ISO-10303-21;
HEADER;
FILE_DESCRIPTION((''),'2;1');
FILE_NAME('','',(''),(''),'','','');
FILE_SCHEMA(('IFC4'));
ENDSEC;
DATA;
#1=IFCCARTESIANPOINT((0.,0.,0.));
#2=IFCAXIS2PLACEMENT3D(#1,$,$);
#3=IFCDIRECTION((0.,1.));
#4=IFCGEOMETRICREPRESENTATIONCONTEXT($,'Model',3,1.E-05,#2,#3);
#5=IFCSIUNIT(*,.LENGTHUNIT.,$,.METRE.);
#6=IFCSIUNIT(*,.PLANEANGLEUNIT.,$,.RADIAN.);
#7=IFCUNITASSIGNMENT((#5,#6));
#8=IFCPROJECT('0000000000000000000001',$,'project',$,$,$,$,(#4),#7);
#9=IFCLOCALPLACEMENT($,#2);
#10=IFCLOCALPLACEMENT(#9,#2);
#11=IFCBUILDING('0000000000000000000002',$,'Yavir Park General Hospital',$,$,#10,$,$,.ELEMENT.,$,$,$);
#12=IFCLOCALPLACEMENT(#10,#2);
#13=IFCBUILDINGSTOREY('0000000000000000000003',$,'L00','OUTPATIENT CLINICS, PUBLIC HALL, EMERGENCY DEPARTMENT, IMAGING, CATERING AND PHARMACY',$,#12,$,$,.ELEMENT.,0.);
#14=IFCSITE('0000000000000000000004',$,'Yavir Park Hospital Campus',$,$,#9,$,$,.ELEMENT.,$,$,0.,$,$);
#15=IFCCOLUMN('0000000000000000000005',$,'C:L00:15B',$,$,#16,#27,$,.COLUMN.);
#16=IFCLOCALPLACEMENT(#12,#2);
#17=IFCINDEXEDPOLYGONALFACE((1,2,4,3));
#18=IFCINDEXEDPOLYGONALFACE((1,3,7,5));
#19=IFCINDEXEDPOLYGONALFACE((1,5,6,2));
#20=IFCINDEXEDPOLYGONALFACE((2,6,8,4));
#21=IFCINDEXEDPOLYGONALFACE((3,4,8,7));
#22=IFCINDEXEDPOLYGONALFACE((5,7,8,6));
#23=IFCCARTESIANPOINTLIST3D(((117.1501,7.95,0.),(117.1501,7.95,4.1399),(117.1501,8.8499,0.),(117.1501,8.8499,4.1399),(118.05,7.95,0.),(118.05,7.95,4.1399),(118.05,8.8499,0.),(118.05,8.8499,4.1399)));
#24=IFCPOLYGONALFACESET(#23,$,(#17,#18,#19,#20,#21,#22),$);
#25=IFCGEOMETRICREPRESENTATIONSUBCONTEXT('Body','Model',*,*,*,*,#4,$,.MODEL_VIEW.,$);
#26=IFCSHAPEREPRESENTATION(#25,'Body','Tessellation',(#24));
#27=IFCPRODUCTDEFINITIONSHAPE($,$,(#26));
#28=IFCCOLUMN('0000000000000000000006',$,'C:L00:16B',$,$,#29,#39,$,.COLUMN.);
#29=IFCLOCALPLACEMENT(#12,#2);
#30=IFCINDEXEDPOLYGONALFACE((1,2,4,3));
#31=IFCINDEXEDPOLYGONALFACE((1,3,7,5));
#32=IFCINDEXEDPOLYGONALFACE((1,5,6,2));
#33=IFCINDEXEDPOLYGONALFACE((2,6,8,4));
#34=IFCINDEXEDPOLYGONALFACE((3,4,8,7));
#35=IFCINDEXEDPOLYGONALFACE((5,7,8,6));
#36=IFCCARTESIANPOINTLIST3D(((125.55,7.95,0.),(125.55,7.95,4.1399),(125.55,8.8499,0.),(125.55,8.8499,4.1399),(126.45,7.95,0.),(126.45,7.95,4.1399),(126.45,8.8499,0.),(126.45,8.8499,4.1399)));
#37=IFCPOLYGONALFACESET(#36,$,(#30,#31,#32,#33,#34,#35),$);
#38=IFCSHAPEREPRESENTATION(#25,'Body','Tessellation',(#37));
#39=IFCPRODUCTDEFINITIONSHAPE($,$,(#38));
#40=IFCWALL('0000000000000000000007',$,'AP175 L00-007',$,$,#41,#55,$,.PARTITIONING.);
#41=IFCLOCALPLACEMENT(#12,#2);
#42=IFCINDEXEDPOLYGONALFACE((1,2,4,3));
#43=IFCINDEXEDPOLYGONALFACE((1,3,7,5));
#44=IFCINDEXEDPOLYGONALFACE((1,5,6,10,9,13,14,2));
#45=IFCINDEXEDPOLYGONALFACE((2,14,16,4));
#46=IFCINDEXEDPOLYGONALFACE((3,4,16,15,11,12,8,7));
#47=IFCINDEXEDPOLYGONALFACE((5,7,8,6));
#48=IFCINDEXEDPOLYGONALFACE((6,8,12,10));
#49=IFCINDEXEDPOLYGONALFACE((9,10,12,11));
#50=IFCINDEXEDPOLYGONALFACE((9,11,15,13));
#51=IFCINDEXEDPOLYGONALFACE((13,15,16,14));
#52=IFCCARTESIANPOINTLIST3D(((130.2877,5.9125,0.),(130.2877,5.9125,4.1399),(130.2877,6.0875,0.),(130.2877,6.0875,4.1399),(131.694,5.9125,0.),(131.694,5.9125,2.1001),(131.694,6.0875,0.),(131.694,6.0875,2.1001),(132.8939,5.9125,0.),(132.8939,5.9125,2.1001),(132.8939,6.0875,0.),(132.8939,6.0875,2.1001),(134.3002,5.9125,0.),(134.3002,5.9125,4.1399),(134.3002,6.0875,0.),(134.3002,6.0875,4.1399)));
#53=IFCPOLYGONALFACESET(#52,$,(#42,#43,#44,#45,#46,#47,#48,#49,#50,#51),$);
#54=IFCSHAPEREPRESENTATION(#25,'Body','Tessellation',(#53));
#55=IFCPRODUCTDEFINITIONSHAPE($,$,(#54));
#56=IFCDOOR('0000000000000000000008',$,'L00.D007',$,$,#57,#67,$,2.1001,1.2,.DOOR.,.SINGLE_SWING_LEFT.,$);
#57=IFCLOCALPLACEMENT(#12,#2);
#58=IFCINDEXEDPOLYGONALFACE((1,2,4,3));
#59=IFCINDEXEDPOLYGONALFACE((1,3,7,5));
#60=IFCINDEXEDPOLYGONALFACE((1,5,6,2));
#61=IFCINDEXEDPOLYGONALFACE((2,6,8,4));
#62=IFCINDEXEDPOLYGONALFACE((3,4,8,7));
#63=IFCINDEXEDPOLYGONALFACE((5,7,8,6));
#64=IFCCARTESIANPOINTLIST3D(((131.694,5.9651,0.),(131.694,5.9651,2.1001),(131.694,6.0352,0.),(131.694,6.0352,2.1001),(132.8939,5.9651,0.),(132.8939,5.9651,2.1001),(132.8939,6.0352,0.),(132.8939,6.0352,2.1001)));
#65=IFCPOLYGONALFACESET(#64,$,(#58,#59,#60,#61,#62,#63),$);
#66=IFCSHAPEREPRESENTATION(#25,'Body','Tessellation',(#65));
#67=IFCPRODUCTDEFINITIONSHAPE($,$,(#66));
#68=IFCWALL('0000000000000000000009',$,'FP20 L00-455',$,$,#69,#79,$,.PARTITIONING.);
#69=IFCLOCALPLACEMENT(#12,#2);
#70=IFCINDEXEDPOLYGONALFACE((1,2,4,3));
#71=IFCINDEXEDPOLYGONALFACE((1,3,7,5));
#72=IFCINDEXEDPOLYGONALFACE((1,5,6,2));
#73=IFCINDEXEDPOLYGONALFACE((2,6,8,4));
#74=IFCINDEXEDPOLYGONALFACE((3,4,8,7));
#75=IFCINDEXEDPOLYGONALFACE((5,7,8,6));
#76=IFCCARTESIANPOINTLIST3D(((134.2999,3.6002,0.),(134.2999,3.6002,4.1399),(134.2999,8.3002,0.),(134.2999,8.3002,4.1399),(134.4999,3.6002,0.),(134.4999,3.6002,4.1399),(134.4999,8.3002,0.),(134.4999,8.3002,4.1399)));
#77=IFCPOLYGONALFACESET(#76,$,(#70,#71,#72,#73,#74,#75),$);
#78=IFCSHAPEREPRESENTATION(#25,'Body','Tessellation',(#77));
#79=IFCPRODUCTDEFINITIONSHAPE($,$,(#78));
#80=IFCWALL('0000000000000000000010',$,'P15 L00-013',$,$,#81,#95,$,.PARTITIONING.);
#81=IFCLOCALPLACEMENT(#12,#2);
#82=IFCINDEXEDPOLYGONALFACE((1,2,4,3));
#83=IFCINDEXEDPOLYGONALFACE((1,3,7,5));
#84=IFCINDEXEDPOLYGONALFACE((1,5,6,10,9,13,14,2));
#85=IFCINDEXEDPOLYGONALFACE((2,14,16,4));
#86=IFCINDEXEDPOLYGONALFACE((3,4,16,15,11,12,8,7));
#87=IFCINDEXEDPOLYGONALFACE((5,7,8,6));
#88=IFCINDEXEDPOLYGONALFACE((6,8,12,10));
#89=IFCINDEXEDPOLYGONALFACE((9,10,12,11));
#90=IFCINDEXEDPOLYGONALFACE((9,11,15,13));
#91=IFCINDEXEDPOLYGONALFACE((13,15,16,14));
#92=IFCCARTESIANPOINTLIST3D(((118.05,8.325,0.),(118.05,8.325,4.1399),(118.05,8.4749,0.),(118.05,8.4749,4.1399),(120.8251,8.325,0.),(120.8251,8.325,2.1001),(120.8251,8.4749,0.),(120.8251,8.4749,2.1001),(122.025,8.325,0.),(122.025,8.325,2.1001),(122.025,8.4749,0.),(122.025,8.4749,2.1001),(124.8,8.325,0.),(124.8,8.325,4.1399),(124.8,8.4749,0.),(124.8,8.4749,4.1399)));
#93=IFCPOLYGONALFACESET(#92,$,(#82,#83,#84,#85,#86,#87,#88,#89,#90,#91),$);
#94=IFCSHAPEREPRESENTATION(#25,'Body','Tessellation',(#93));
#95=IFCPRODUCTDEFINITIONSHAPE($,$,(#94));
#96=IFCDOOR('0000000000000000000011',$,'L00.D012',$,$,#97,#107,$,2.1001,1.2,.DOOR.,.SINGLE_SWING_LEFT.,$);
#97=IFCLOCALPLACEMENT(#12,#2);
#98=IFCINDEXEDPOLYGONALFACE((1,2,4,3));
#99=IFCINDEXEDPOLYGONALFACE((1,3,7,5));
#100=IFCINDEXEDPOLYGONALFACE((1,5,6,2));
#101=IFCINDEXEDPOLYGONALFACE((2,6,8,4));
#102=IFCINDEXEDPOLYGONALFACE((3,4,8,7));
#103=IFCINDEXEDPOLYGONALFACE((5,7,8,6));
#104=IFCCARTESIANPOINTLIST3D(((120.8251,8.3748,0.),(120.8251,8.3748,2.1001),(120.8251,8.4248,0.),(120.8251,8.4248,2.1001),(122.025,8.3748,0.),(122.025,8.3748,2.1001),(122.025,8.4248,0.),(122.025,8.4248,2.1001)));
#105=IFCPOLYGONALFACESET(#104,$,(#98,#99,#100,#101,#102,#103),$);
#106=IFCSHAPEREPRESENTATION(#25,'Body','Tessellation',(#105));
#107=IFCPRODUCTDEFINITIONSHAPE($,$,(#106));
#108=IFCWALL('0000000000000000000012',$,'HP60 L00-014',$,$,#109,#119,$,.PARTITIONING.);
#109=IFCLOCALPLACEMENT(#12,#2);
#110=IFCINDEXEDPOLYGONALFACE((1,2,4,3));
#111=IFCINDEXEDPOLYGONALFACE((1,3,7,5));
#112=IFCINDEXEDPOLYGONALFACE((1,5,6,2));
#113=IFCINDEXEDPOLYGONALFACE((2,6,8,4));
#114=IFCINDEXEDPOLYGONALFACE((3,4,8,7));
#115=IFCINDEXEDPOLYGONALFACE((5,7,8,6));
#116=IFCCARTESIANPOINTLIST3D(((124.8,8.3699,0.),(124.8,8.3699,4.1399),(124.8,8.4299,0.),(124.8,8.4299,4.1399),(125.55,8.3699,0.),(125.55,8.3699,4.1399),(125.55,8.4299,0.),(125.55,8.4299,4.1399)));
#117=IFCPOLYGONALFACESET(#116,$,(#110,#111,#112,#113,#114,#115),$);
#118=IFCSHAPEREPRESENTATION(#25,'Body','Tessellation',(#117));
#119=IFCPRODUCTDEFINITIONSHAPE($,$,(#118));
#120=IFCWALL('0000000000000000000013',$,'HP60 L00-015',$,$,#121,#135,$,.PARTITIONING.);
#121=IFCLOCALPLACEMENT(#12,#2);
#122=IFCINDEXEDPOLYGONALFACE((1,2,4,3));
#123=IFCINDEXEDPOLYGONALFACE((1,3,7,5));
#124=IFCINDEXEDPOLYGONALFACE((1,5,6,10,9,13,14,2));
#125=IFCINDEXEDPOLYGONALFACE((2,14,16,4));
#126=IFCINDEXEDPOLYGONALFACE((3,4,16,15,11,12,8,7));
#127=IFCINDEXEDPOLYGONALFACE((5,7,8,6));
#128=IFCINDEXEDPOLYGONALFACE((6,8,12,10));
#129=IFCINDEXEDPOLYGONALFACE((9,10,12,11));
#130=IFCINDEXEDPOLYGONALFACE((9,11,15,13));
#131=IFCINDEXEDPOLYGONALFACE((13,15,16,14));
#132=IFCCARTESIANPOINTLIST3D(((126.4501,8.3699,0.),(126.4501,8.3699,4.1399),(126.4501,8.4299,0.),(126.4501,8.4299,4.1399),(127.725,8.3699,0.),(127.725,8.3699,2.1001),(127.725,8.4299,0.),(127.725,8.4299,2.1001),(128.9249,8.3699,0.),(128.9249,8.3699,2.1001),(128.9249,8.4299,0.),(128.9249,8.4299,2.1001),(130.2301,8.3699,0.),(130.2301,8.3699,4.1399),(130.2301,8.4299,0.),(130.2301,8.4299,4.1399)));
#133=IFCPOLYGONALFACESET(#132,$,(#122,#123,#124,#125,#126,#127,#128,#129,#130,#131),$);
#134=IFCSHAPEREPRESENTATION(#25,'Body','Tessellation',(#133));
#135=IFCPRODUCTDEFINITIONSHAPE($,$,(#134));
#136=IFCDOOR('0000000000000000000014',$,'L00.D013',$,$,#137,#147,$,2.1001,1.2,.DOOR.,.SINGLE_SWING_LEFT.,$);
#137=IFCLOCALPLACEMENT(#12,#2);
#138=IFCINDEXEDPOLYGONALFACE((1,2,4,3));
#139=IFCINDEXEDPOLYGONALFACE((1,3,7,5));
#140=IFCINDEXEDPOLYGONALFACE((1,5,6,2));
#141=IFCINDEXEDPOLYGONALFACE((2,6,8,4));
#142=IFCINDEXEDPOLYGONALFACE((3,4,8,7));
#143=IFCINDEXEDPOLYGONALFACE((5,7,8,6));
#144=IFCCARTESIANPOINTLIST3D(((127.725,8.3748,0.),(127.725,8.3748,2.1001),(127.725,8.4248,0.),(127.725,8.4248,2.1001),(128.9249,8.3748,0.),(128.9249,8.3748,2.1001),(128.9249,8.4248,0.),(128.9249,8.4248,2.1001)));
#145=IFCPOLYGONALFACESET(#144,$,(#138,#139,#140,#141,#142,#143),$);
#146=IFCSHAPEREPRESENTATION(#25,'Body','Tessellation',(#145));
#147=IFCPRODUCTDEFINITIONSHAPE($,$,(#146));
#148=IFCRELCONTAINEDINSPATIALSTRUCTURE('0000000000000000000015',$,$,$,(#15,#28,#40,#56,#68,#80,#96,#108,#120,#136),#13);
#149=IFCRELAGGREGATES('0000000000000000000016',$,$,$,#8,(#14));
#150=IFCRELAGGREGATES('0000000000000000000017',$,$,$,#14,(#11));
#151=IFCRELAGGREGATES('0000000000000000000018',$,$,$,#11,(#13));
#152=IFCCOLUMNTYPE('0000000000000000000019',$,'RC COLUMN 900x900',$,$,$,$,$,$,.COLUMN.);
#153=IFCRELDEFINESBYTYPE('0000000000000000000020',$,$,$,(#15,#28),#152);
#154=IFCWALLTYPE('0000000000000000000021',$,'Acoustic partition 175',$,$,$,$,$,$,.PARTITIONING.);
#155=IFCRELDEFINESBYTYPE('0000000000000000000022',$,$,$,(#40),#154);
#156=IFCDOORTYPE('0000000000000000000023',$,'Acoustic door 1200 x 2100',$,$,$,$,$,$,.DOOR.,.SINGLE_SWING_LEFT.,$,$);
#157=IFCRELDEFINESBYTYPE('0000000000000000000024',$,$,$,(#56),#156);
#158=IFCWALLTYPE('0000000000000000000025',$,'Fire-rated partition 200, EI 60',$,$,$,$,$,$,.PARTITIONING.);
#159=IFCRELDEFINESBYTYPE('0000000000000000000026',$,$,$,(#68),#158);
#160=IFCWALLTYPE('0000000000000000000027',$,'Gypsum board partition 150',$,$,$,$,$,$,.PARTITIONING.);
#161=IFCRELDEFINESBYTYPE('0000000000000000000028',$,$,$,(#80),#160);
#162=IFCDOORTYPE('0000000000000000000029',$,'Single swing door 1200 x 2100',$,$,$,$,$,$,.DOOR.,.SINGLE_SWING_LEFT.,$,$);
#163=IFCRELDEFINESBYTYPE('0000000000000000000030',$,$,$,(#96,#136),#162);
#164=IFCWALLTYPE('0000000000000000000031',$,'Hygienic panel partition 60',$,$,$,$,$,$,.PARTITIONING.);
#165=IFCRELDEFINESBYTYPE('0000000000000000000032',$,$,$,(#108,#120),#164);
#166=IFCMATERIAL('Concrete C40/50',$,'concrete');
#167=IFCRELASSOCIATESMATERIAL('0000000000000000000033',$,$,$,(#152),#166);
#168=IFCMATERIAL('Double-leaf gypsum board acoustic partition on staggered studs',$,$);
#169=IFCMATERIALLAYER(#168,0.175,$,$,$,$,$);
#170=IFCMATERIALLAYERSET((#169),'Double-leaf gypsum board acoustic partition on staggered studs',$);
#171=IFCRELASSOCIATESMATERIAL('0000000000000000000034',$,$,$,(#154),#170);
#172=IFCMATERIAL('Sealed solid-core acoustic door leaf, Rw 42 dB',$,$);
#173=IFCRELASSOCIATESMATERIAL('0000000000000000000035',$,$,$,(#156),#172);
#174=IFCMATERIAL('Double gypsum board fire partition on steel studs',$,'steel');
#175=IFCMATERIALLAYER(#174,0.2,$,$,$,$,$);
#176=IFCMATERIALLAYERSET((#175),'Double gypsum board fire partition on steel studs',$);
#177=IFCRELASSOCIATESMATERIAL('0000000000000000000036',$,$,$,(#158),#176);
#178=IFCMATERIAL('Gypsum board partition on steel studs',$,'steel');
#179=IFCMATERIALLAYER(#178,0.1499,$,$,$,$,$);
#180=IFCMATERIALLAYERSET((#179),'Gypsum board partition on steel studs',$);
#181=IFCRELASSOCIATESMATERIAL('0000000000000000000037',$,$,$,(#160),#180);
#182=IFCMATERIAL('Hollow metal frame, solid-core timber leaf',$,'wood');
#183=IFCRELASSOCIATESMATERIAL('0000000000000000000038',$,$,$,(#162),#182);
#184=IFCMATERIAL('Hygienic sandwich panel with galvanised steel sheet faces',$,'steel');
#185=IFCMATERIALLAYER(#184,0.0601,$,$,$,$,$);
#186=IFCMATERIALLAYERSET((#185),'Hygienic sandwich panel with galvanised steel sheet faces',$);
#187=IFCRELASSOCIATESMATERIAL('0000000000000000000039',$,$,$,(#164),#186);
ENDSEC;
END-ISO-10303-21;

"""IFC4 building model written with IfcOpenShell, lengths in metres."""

from ifc_helpers import new_model, si_unit, direction, frame, frame_2d, origin, origin_2d, place, context, subcontext, project, spatial, rectangle, extrude, material, layer, layer_set, material_profile, profile_set, type_object, element, fill, save


model = new_model("IFC4")

# Units and contexts
model_context = context("Model", 3, precision=1e-05, world=origin(), true_north=direction((0.0, 1.0)))
body_context = subcontext(model_context, "Body", "Model", "MODEL_VIEW")
ifc_project = project(units=[si_unit("LENGTHUNIT", "METRE"), si_unit("PLANEANGLEUNIT", "RADIAN")], contexts=[model_context])

# Site, building, storey
site_placement = place(None, origin())
site = spatial("IfcSite", under=ifc_project, at=site_placement, Name="Yavir Park Hospital Campus", CompositionType="ELEMENT", RefElevation=0.0)
building_placement = place(site_placement, origin())
building = spatial("IfcBuilding", under=site, at=building_placement, Name="Yavir Park General Hospital", CompositionType="ELEMENT")
storey_placement = place(building_placement, origin())
storey = spatial("IfcBuildingStorey", under=building, at=storey_placement, Name="L00", Description="OUTPATIENT CLINICS, PUBLIC HALL, EMERGENCY DEPARTMENT, IMAGING, CATERING AND PHARMACY", CompositionType="ELEMENT", Elevation=0.0)

# Columns
ifc_material_1 = material(Name="Concrete C40/50", Category="concrete")
ifc_material_profile = material_profile(ifc_material_1, rectangle(XDim=0.8999, YDim=0.8999, at=origin_2d()), Name="RC900x900")
ifc_profile_set = profile_set([ifc_material_profile], Name="Concrete C40/50")
column_type = type_object("IfcColumnType", Name="RC COLUMN 900x900", PredefinedType="COLUMN", material=ifc_profile_set)
for number, where, z_axis, x_axis, name in (
    (1, (117.6001, 8.3999, 0.0), (0.0, 0.0, 1.0), (1.0, 0.0, 0.0), "C:L00:15B"),
    (2, (126.0, 8.3999, 0.0), (0.0, 0.0, 1.0), (1.0, 0.0, 0.0), "C:L00:16B"),
):
    element("IfcColumn", number, at=place(storey_placement, frame(where, z_axis=z_axis, x_axis=x_axis)), inside=storey, type_object=column_type, Name=name, PredefinedType="COLUMN", context=body_context, shape_type="SweptSolid", body=[
        extrude(rectangle(XDim=0.8999, YDim=0.8999, at=origin_2d()), origin(), (0.0, 0.0, 1.0), 4.1399),
    ])

# Wall, opening, door
ifc_material_2 = material(Name="Double-leaf gypsum board acoustic partition on staggered studs")
ifc_layer_1 = layer(ifc_material_2, 0.175)
ifc_layer_set_1 = layer_set([ifc_layer_1], Name="Double-leaf gypsum board acoustic partition on staggered studs")
wall_type_1 = type_object("IfcWallType", Name="Acoustic partition 175", PredefinedType="PARTITIONING", material=ifc_layer_set_1)
wall_1_placement = place(storey_placement, frame((130.2876, 6.0, 0.0), z_axis=(0.0, 0.0, 1.0), x_axis=(1.0, 0.0, 0.0)))
wall_1 = element("IfcWall", 3, at=wall_1_placement, inside=storey, type_object=wall_type_1, Name="AP175 L00-007", PredefinedType="PARTITIONING", context=body_context, shape_type="SweptSolid", body=[
    extrude(rectangle(XDim=4.0125, YDim=0.175, at=frame_2d((2.0063, 0.0))), origin(), (0.0, 0.0, 1.0), 4.1399),
])
opening_1_placement = place(wall_1_placement, frame((1.4062, 0.0, 0.0)))
opening_1 = element("IfcOpeningElement", 4, at=opening_1_placement, cuts=wall_1, PredefinedType="OPENING", context=body_context, shape_type="SweptSolid", body=[
    extrude(rectangle(XDim=1.2, YDim=2.1001, at=frame_2d((0.6001, 1.05))), frame((0.0, 0.0974, 0.0), z_axis=(0.0, -1.0, 0.0), x_axis=(1.0, 0.0, 0.0)), (0.0, 0.0, 1.0), 0.1951),
])
ifc_material_3 = material(Name="Sealed solid-core acoustic door leaf, Rw 42 dB")
door_type_1 = type_object("IfcDoorType", Name="Acoustic door 1200 x 2100", OperationType="SINGLE_SWING_LEFT", PredefinedType="DOOR", material=ifc_material_3)
door_1_placement = place(opening_1_placement, origin())
door_1 = element("IfcDoor", 5, at=door_1_placement, inside=storey, type_object=door_type_1, Name="L00.D007", OperationType="SINGLE_SWING_LEFT", OverallHeight=2.1001, OverallWidth=1.2, PredefinedType="DOOR", context=body_context, shape_type="SweptSolid", body=[
    extrude(rectangle(XDim=1.2, YDim=2.1001, at=frame_2d((0.6001, 1.05))), frame((0.0, 0.0352, 0.0), z_axis=(0.0, -1.0, 0.0), x_axis=(1.0, 0.0, 0.0)), (0.0, 0.0, 1.0), 0.0701),
])
fill(opening_1, door_1)

# Wall
ifc_material_4 = material(Name="Double gypsum board fire partition on steel studs", Category="steel")
ifc_layer_2 = layer(ifc_material_4, 0.2)
ifc_layer_set_2 = layer_set([ifc_layer_2], Name="Double gypsum board fire partition on steel studs")
wall_type_2 = type_object("IfcWallType", Name="Fire-rated partition 200, EI 60", PredefinedType="PARTITIONING", material=ifc_layer_set_2)
wall_2_placement = place(storey_placement, frame((134.3999, 3.6001, 0.0), z_axis=(0.0, 0.0, 1.0), x_axis=(0.0, 1.0, 0.0)))
element("IfcWall", 6, at=wall_2_placement, inside=storey, type_object=wall_type_2, Name="FP20 L00-455", PredefinedType="PARTITIONING", context=body_context, shape_type="SweptSolid", body=[
    extrude(rectangle(XDim=4.7, YDim=0.2, at=frame_2d((2.3501, 0.0))), origin(), (0.0, 0.0, 1.0), 4.1399),
])

# Wall, opening, door
ifc_material_5 = material(Name="Gypsum board partition on steel studs", Category="steel")
ifc_layer_3 = layer(ifc_material_5, 0.1499)
ifc_layer_set_3 = layer_set([ifc_layer_3], Name="Gypsum board partition on steel studs")
wall_type_3 = type_object("IfcWallType", Name="Gypsum board partition 150", PredefinedType="PARTITIONING", material=ifc_layer_set_3)
wall_3_placement = place(storey_placement, frame((118.05, 8.3999, 0.0), z_axis=(0.0, 0.0, 1.0), x_axis=(1.0, 0.0, 0.0)))
wall_3 = element("IfcWall", 7, at=wall_3_placement, inside=storey, type_object=wall_type_3, Name="P15 L00-013", PredefinedType="PARTITIONING", context=body_context, shape_type="SweptSolid", body=[
    extrude(rectangle(XDim=6.75, YDim=0.1499, at=frame_2d((3.375, 0.0))), origin(), (0.0, 0.0, 1.0), 4.1399),
])
opening_2_placement = place(wall_3_placement, frame((2.7749, 0.0, 0.0)))
opening_2 = element("IfcOpeningElement", 8, at=opening_2_placement, cuts=wall_3, PredefinedType="OPENING", context=body_context, shape_type="SweptSolid", body=[
    extrude(rectangle(XDim=1.2, YDim=2.1001, at=frame_2d((0.6001, 1.05))), frame((0.0, 0.085, 0.0), z_axis=(0.0, -1.0, 0.0), x_axis=(1.0, 0.0, 0.0)), (0.0, 0.0, 1.0), 0.1699),
])
ifc_material_6 = material(Name="Hollow metal frame, solid-core timber leaf", Category="wood")
door_type_2 = type_object("IfcDoorType", Name="Single swing door 1200 x 2100", OperationType="SINGLE_SWING_LEFT", PredefinedType="DOOR", material=ifc_material_6)
door_2_placement = place(opening_2_placement, origin())
door_2 = element("IfcDoor", 9, at=door_2_placement, inside=storey, type_object=door_type_2, Name="L00.D012", OperationType="SINGLE_SWING_LEFT", OverallHeight=2.1001, OverallWidth=1.2, PredefinedType="DOOR", context=body_context, shape_type="SweptSolid", body=[
    extrude(rectangle(XDim=1.2, YDim=2.1001, at=frame_2d((0.6001, 1.05))), frame((0.0, 0.0249, 0.0), z_axis=(0.0, -1.0, 0.0), x_axis=(1.0, 0.0, 0.0)), (0.0, 0.0, 1.0), 0.05),
])
fill(opening_2, door_2)

# Wall
ifc_material_7 = material(Name="Hygienic sandwich panel with galvanised steel sheet faces", Category="steel")
ifc_layer_4 = layer(ifc_material_7, 0.0601)
ifc_layer_set_4 = layer_set([ifc_layer_4], Name="Hygienic sandwich panel with galvanised steel sheet faces")
wall_type_4 = type_object("IfcWallType", Name="Hygienic panel partition 60", PredefinedType="PARTITIONING", material=ifc_layer_set_4)
wall_4_placement = place(storey_placement, frame((124.8, 8.3999, 0.0), z_axis=(0.0, 0.0, 1.0), x_axis=(1.0, 0.0, 0.0)))
element("IfcWall", 10, at=wall_4_placement, inside=storey, type_object=wall_type_4, Name="HP60 L00-014", PredefinedType="PARTITIONING", context=body_context, shape_type="SweptSolid", body=[
    extrude(rectangle(XDim=0.75, YDim=0.0601, at=frame_2d((0.375, 0.0))), origin(), (0.0, 0.0, 1.0), 4.1399),
])

# Wall, opening, door
wall_5_placement = place(storey_placement, frame((126.45, 8.3999, 0.0), z_axis=(0.0, 0.0, 1.0), x_axis=(1.0, 0.0, 0.0)))
wall_5 = element("IfcWall", 11, at=wall_5_placement, inside=storey, type_object=wall_type_4, Name="HP60 L00-015", PredefinedType="PARTITIONING", context=body_context, shape_type="SweptSolid", body=[
    extrude(rectangle(XDim=3.78, YDim=0.0601, at=frame_2d((1.8901, 0.0))), origin(), (0.0, 0.0, 1.0), 4.1399),
])
opening_3_placement = place(wall_5_placement, frame((1.2749, 0.0, 0.0)))
opening_3 = element("IfcOpeningElement", 12, at=opening_3_placement, cuts=wall_5, PredefinedType="OPENING", context=body_context, shape_type="SweptSolid", body=[
    extrude(rectangle(XDim=1.2, YDim=2.1001, at=frame_2d((0.6001, 1.05))), frame((0.0, 0.04, 0.0), z_axis=(0.0, -1.0, 0.0), x_axis=(1.0, 0.0, 0.0)), (0.0, 0.0, 1.0), 0.0801),
])
door_3_placement = place(opening_3_placement, origin())
door_3 = element("IfcDoor", 13, at=door_3_placement, inside=storey, type_object=door_type_2, Name="L00.D013", OperationType="SINGLE_SWING_LEFT", OverallHeight=2.1001, OverallWidth=1.2, PredefinedType="DOOR", context=body_context, shape_type="SweptSolid", body=[
    extrude(rectangle(XDim=1.2, YDim=2.1001, at=frame_2d((0.6001, 1.05))), frame((0.0, 0.0249, 0.0), z_axis=(0.0, -1.0, 0.0), x_axis=(1.0, 0.0, 0.0)), (0.0, 0.0, 1.0), 0.05),
])
fill(opening_3, door_3)

save(model, "model.ifc")
